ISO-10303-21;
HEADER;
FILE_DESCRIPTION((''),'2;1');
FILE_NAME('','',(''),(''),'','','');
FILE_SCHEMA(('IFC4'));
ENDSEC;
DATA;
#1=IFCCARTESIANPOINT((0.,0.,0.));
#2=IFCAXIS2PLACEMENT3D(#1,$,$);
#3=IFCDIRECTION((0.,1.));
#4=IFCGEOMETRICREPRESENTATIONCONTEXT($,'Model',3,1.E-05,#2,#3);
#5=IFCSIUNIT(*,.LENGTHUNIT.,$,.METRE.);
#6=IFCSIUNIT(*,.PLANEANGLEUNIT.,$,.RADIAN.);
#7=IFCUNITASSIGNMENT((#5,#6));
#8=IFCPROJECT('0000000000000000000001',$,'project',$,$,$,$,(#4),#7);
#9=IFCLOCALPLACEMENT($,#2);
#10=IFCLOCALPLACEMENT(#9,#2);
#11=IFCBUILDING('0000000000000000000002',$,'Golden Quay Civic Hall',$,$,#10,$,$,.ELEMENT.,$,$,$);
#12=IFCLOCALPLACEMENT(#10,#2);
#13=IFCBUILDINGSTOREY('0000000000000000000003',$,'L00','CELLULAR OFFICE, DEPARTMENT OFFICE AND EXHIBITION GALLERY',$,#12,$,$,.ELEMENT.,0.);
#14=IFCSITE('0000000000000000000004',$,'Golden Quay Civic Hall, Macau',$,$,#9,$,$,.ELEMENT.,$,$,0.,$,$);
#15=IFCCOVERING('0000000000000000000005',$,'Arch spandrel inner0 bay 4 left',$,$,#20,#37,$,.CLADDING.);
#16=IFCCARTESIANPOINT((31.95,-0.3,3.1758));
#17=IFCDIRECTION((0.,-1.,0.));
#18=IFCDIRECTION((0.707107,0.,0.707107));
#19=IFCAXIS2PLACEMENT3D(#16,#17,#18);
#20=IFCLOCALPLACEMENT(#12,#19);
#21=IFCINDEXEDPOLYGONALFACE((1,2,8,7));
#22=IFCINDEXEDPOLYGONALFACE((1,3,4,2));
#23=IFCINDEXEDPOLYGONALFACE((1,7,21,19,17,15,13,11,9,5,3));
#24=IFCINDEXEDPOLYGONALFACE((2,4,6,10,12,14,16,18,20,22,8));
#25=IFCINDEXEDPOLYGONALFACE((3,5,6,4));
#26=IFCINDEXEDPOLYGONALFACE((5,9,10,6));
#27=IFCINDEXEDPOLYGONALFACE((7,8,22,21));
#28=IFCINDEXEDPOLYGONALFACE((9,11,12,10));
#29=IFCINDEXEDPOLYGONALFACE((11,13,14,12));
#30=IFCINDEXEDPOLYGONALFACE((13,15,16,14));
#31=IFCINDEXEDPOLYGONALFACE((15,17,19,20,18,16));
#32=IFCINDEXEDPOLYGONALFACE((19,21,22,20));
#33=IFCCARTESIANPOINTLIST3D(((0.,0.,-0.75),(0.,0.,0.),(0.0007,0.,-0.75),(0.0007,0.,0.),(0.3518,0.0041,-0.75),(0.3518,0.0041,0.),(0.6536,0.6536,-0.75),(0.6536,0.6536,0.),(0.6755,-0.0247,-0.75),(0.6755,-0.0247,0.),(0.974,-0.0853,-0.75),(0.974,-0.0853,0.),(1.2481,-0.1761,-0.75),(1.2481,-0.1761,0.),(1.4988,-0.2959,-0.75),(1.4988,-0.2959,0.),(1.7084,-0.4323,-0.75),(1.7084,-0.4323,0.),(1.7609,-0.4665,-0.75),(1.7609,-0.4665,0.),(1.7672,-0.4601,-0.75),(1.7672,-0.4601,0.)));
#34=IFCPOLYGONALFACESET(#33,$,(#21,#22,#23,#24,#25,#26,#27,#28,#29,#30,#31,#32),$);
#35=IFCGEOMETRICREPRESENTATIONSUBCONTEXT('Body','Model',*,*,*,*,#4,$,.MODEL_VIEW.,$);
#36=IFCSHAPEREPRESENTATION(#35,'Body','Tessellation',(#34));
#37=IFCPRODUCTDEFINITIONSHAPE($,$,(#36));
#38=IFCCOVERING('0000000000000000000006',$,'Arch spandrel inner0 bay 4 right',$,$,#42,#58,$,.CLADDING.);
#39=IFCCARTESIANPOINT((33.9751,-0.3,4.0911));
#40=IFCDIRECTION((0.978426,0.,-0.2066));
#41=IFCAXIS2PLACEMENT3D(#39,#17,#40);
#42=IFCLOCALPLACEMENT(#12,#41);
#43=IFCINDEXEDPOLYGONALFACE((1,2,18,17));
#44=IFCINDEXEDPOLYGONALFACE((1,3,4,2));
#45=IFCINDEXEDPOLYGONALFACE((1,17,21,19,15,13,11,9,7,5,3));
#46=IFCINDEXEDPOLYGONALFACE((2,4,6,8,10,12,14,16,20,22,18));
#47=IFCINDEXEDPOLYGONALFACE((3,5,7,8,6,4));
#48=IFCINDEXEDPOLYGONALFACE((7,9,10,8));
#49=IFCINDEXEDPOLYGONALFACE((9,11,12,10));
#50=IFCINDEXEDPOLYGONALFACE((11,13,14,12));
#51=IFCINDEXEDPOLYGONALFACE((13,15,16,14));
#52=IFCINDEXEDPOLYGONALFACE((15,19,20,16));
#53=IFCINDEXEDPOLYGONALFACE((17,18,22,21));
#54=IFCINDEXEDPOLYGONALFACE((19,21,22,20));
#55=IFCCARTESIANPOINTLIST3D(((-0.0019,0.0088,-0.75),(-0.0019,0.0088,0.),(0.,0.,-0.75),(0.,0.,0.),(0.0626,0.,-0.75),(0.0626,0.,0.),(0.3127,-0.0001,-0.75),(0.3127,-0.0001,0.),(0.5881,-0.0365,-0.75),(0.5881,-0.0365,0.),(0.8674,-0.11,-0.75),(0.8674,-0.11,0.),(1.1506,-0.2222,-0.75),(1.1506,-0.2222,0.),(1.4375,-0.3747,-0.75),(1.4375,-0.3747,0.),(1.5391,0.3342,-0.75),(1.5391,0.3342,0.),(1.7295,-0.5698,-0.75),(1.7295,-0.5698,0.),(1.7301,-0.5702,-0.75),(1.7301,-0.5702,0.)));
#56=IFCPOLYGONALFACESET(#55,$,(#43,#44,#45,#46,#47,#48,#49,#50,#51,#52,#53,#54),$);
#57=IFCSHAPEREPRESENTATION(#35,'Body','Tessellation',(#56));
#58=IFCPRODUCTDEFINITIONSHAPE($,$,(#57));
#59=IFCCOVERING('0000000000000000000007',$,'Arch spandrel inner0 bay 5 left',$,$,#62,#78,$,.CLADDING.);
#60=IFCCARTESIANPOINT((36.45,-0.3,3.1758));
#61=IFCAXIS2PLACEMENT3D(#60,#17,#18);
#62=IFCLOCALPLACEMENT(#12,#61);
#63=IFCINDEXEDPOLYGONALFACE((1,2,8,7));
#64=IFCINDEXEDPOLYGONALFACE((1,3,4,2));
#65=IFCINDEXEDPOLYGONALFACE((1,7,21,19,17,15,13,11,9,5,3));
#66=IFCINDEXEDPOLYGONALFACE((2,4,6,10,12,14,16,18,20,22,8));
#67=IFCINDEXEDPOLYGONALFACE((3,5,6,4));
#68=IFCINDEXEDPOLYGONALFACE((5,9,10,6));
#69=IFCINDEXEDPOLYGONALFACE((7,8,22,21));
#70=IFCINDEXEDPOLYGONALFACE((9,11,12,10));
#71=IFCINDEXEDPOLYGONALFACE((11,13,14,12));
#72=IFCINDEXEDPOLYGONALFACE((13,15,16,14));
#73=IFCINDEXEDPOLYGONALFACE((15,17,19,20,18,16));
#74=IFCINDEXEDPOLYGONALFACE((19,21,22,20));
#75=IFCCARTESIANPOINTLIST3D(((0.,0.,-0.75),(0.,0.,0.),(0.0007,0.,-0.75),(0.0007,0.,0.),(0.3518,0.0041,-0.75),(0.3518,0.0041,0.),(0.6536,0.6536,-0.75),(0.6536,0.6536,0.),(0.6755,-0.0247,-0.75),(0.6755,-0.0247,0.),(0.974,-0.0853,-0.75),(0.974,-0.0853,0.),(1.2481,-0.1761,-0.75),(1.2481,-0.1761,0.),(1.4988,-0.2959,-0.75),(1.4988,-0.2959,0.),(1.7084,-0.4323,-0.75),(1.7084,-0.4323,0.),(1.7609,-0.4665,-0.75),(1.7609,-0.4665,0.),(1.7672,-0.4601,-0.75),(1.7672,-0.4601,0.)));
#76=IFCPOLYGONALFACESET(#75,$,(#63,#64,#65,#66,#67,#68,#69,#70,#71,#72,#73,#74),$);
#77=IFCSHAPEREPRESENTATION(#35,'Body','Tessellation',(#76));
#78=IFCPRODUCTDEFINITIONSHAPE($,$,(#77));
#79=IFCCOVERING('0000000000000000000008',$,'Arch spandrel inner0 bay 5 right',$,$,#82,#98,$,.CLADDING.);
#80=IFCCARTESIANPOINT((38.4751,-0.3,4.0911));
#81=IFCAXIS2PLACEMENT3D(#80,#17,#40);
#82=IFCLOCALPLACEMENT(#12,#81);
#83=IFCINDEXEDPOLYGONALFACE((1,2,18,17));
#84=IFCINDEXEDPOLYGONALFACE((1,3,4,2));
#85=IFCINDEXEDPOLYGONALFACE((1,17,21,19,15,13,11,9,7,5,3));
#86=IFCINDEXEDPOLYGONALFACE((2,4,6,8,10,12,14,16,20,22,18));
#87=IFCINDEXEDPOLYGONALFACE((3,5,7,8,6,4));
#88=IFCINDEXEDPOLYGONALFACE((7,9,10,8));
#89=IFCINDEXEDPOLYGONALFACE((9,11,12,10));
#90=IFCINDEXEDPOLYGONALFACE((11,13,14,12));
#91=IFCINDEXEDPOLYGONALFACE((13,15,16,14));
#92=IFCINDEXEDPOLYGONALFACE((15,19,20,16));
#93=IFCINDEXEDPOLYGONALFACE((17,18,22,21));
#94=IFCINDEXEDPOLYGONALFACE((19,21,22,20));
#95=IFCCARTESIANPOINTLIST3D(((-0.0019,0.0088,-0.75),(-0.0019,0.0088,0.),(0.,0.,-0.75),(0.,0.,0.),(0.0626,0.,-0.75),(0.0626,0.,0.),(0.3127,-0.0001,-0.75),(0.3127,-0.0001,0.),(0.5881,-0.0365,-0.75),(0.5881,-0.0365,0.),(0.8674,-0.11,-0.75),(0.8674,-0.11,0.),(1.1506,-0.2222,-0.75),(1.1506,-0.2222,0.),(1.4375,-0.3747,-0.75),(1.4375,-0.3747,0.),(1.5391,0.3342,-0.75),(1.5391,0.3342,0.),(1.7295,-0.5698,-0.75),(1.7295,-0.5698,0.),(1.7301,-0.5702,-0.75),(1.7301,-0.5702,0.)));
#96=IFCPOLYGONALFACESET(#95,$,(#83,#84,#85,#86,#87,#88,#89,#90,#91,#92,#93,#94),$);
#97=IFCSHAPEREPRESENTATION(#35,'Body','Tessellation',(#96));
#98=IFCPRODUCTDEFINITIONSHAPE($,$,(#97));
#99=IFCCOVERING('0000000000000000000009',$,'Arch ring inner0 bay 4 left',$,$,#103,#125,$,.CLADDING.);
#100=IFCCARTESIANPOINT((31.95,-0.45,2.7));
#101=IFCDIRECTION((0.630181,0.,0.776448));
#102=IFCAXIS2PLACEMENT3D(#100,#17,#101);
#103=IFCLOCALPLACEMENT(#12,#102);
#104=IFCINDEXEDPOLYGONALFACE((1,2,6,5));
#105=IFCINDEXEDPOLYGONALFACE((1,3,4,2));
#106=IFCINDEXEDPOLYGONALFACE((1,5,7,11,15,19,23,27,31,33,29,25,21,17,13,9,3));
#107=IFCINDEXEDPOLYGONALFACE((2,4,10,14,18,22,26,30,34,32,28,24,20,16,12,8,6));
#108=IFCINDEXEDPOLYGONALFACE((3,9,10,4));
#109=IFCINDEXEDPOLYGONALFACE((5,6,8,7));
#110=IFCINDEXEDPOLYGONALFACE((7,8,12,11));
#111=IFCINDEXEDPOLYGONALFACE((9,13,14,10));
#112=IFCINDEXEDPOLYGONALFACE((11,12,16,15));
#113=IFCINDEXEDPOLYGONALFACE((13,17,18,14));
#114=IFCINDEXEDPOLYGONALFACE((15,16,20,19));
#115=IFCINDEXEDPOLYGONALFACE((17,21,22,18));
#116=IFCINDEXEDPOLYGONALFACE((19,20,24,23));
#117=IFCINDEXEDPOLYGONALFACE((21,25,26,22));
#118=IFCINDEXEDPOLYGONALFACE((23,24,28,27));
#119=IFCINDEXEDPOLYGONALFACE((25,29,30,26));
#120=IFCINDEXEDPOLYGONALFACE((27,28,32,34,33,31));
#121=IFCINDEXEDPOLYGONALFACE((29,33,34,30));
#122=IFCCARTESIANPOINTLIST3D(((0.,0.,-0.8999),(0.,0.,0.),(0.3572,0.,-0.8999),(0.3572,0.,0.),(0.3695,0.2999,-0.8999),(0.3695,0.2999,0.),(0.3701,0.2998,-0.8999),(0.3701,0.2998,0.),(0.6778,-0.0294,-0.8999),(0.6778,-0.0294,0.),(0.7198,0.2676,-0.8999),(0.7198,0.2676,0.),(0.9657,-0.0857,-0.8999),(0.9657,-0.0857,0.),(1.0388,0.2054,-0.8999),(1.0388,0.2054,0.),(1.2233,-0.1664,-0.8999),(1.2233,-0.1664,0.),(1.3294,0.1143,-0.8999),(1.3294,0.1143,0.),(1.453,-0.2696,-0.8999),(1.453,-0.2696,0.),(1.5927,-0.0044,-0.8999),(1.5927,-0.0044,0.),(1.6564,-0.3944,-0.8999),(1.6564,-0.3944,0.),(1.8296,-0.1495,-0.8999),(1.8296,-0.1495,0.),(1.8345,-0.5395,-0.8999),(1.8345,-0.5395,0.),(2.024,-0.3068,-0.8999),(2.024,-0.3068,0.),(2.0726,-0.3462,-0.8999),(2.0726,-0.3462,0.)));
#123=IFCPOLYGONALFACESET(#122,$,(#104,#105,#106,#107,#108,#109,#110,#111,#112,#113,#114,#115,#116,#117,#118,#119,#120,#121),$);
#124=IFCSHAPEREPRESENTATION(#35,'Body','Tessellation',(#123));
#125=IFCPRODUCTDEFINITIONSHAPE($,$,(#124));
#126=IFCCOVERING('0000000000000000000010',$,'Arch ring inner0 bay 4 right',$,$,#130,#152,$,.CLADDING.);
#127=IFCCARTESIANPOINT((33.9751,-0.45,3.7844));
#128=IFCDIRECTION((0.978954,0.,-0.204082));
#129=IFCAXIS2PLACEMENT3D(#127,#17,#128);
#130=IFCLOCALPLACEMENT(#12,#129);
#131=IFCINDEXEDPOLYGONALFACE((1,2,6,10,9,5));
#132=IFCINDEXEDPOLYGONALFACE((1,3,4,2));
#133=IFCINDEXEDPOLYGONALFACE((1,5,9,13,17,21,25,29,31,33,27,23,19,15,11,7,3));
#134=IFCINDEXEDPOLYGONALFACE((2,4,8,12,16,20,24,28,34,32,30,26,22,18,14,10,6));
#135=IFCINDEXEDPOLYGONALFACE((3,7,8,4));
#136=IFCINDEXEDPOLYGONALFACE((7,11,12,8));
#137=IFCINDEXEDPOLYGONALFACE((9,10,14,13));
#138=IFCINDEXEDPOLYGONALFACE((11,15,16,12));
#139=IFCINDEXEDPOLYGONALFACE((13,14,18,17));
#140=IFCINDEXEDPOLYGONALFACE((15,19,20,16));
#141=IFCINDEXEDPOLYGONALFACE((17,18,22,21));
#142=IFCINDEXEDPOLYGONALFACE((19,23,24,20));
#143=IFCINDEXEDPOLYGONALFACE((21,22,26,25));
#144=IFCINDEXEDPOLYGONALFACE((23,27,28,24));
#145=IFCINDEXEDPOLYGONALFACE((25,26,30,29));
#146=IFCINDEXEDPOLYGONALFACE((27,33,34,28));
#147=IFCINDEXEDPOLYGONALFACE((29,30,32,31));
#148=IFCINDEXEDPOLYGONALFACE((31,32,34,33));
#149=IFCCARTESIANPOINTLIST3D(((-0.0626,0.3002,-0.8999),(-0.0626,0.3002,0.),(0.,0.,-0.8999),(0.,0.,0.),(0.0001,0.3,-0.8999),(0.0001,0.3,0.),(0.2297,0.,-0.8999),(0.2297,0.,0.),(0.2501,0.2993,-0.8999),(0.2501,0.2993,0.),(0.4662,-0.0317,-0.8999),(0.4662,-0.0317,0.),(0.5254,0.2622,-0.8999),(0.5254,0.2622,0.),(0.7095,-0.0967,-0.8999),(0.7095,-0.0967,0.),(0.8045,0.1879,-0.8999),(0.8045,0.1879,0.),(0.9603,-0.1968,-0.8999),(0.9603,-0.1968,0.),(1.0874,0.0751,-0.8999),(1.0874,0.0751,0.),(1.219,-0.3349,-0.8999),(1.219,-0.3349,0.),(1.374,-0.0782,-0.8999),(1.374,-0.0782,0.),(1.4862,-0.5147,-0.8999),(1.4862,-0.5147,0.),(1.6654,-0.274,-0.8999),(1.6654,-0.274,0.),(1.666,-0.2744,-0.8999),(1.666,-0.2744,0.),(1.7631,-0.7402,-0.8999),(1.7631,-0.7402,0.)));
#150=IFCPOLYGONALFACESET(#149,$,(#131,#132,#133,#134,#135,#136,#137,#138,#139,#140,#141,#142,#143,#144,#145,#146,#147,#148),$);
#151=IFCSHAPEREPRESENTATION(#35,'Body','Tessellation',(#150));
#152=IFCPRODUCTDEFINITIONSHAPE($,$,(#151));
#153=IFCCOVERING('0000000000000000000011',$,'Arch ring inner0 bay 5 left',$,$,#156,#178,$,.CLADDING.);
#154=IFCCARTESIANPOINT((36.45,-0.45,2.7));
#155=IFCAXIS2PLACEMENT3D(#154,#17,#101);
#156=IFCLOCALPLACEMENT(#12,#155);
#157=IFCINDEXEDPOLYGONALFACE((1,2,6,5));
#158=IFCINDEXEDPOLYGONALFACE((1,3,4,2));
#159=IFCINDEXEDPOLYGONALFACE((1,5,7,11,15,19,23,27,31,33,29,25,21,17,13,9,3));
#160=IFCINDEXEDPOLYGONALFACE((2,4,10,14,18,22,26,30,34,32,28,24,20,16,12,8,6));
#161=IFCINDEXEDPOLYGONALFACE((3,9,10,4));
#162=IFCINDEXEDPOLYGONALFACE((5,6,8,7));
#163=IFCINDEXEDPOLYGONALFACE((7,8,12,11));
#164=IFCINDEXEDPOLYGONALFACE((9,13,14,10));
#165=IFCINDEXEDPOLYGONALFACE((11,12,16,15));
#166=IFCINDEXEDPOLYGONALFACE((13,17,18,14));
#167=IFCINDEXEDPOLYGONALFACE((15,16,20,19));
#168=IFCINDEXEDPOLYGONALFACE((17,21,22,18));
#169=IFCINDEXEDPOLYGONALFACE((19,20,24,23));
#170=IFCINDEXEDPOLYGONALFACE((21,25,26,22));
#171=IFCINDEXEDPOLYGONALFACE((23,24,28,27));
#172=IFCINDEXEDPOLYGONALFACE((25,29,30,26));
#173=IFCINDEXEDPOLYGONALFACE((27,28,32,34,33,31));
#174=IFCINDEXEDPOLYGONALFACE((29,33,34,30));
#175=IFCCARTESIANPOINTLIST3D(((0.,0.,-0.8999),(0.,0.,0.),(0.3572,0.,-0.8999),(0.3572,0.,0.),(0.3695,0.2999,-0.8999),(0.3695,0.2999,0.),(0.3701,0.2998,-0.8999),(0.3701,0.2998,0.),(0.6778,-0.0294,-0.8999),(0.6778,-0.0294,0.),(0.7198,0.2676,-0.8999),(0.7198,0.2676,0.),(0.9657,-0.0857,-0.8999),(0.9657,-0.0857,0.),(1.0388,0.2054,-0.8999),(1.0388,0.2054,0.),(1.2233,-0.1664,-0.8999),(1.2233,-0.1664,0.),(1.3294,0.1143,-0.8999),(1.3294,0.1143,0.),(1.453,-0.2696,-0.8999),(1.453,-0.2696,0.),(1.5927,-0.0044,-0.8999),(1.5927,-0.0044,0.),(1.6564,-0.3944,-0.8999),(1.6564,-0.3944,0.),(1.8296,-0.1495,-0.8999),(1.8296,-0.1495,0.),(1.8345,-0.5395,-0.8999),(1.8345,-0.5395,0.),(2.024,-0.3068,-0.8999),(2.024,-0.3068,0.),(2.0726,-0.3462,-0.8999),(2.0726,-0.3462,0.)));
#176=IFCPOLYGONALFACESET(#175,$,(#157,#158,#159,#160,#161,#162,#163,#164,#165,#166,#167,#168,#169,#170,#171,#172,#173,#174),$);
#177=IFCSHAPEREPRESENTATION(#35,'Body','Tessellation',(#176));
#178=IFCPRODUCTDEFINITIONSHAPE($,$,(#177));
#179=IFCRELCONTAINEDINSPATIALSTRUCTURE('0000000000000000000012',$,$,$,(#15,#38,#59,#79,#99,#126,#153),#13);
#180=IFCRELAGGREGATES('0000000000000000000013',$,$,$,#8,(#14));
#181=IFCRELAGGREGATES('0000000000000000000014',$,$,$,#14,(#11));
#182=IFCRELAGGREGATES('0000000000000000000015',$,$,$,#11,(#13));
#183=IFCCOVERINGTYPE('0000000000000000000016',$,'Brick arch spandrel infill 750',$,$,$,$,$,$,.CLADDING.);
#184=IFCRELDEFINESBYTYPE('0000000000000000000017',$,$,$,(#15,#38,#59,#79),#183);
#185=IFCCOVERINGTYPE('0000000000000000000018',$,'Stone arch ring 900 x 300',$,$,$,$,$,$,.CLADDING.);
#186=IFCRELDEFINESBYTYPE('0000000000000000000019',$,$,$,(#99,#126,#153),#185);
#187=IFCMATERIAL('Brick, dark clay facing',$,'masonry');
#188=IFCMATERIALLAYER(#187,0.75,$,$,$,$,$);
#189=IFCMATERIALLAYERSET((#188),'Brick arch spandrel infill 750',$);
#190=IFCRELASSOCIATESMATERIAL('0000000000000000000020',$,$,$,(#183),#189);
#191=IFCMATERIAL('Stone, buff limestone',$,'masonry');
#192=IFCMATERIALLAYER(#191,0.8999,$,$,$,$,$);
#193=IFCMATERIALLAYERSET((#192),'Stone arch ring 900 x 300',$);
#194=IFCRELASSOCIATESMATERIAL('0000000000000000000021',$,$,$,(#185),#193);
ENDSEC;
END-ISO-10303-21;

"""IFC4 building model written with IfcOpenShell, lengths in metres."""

from ifc_helpers import new_model, si_unit, direction, frame, origin, place, context, subcontext, project, spatial, polyline, outline, extrude, material, layer, layer_set, type_object, element, save


model = new_model("IFC4")

# Units and contexts
model_context = context("Model", 3, precision=1e-05, world=origin(), true_north=direction((0.0, 1.0)))
body_context = subcontext(model_context, "Body", "Model", "MODEL_VIEW")
ifc_project = project(units=[si_unit("LENGTHUNIT", "METRE"), si_unit("PLANEANGLEUNIT", "RADIAN")], contexts=[model_context])

# Site, building, storey
site_placement = place(None, origin())
site = spatial("IfcSite", under=ifc_project, at=site_placement, Name="Golden Quay Civic Hall, Macau", CompositionType="ELEMENT", RefElevation=0.0)
building_placement = place(site_placement, origin())
building = spatial("IfcBuilding", under=site, at=building_placement, Name="Golden Quay Civic Hall", CompositionType="ELEMENT")
storey_placement = place(building_placement, origin())
storey = spatial("IfcBuildingStorey", under=building, at=storey_placement, Name="L00", Description="CELLULAR OFFICE, DEPARTMENT OFFICE AND EXHIBITION GALLERY", CompositionType="ELEMENT", Elevation=0.0)

# Coverings
ifc_material_1 = material(Name="Brick, dark clay facing", Category="masonry")
ifc_layer_1 = layer(ifc_material_1, 0.75)
ifc_layer_set_1 = layer_set([ifc_layer_1], Name="Brick arch spandrel infill 750")
covering_type_1 = type_object("IfcCoveringType", Name="Brick arch spandrel infill 750", PredefinedType="CLADDING", material=ifc_layer_set_1)
covering_1_placement = place(storey_placement, frame((31.95, -0.3, 3.1758), z_axis=(0.0, -1.0, 0.0), x_axis=(0.707107, 0.0, 0.707107)))
element("IfcCovering", 1, at=covering_1_placement, inside=storey, type_object=covering_type_1, Name="Arch spandrel inner0 bay 4 left", PredefinedType="CLADDING", context=body_context, shape_type="SweptSolid", body=[
    extrude(outline(polyline([(0.0, 0.0), (0.0007, 0.0), (0.3518, 0.0041), (0.6755, -0.0247), (0.974, -0.0853), (1.2481, -0.1761), (1.4988, -0.2959), (1.7084, -0.4323), (1.7609, -0.4665), (1.7672, -0.4601), (0.6536, 0.6536), (0.0, 0.0)])), origin(), (0.0, 0.0, -1.0), 0.75),
])
covering_2_placement = place(storey_placement, frame((33.9751, -0.3, 4.0911), z_axis=(0.0, -1.0, 0.0), x_axis=(0.978426, 0.0, -0.2066)))
element("IfcCovering", 2, at=covering_2_placement, inside=storey, type_object=covering_type_1, Name="Arch spandrel inner0 bay 4 right", PredefinedType="CLADDING", context=body_context, shape_type="SweptSolid", body=[
    extrude(outline(polyline([(0.0, 0.0), (0.0626, 0.0), (0.3127, -0.0001), (0.5881, -0.0365), (0.8674, -0.11), (1.1506, -0.2222), (1.4375, -0.3747), (1.7295, -0.5698), (1.7301, -0.5702), (1.5391, 0.3342), (-0.0019, 0.0088), (0.0, 0.0)])), origin(), (0.0, 0.0, -1.0), 0.75),
])
covering_3_placement = place(storey_placement, frame((36.45, -0.3, 3.1758), z_axis=(0.0, -1.0, 0.0), x_axis=(0.707107, 0.0, 0.707107)))
element("IfcCovering", 3, at=covering_3_placement, inside=storey, type_object=covering_type_1, Name="Arch spandrel inner0 bay 5 left", PredefinedType="CLADDING", context=body_context, shape_type="SweptSolid", body=[
    extrude(outline(polyline([(0.0, 0.0), (0.0007, 0.0), (0.3518, 0.0041), (0.6755, -0.0247), (0.974, -0.0853), (1.2481, -0.1761), (1.4988, -0.2959), (1.7084, -0.4323), (1.7609, -0.4665), (1.7672, -0.4601), (0.6536, 0.6536), (0.0, 0.0)])), origin(), (0.0, 0.0, -1.0), 0.75),
])
covering_4_placement = place(storey_placement, frame((38.4751, -0.3, 4.0911), z_axis=(0.0, -1.0, 0.0), x_axis=(0.978426, 0.0, -0.2066)))
element("IfcCovering", 4, at=covering_4_placement, inside=storey, type_object=covering_type_1, Name="Arch spandrel inner0 bay 5 right", PredefinedType="CLADDING", context=body_context, shape_type="SweptSolid", body=[
    extrude(outline(polyline([(0.0, 0.0), (0.0626, 0.0), (0.3127, -0.0001), (0.5881, -0.0365), (0.8674, -0.11), (1.1506, -0.2222), (1.4375, -0.3747), (1.7295, -0.5698), (1.7301, -0.5702), (1.5391, 0.3342), (-0.0019, 0.0088), (0.0, 0.0)])), origin(), (0.0, 0.0, -1.0), 0.75),
])
ifc_material_2 = material(Name="Stone, buff limestone", Category="masonry")
ifc_layer_2 = layer(ifc_material_2, 0.8999)
ifc_layer_set_2 = layer_set([ifc_layer_2], Name="Stone arch ring 900 x 300")
covering_type_2 = type_object("IfcCoveringType", Name="Stone arch ring 900 x 300", PredefinedType="CLADDING", material=ifc_layer_set_2)
covering_5_placement = place(storey_placement, frame((31.95, -0.45, 2.7), z_axis=(0.0, -1.0, 0.0), x_axis=(0.630181, 0.0, 0.776448)))
element("IfcCovering", 5, at=covering_5_placement, inside=storey, type_object=covering_type_2, Name="Arch ring inner0 bay 4 left", PredefinedType="CLADDING", context=body_context, shape_type="SweptSolid", body=[
    extrude(outline(polyline([(0.0, 0.0), (0.3572, 0.0), (0.6778, -0.0294), (0.9657, -0.0857), (1.2233, -0.1664), (1.453, -0.2696), (1.6564, -0.3944), (1.8345, -0.5395), (2.0726, -0.3462), (2.024, -0.3068), (1.8296, -0.1495), (1.5927, -0.0044), (1.3294, 0.1143), (1.0388, 0.2054), (0.7198, 0.2676), (0.3701, 0.2998), (0.3695, 0.2999), (0.0, 0.0)])), origin(), (0.0, 0.0, -1.0), 0.8999),
])
covering_6_placement = place(storey_placement, frame((33.9751, -0.45, 3.7844), z_axis=(0.0, -1.0, 0.0), x_axis=(0.978954, 0.0, -0.204082)))
element("IfcCovering", 6, at=covering_6_placement, inside=storey, type_object=covering_type_2, Name="Arch ring inner0 bay 4 right", PredefinedType="CLADDING", context=body_context, shape_type="SweptSolid", body=[
    extrude(outline(polyline([(0.0, 0.0), (0.2297, 0.0), (0.4662, -0.0317), (0.7095, -0.0967), (0.9603, -0.1968), (1.219, -0.3349), (1.4862, -0.5147), (1.7631, -0.7402), (1.666, -0.2744), (1.6654, -0.274), (1.374, -0.0782), (1.0874, 0.0751), (0.8045, 0.1879), (0.5254, 0.2622), (0.2501, 0.2993), (0.0001, 0.3), (-0.0626, 0.3002), (0.0, 0.0)])), origin(), (0.0, 0.0, -1.0), 0.8999),
])
covering_7_placement = place(storey_placement, frame((36.45, -0.45, 2.7), z_axis=(0.0, -1.0, 0.0), x_axis=(0.630181, 0.0, 0.776448)))
element("IfcCovering", 7, at=covering_7_placement, inside=storey, type_object=covering_type_2, Name="Arch ring inner0 bay 5 left", PredefinedType="CLADDING", context=body_context, shape_type="SweptSolid", body=[
    extrude(outline(polyline([(0.0, 0.0), (0.3572, 0.0), (0.6778, -0.0294), (0.9657, -0.0857), (1.2233, -0.1664), (1.453, -0.2696), (1.6564, -0.3944), (1.8345, -0.5395), (2.0726, -0.3462), (2.024, -0.3068), (1.8296, -0.1495), (1.5927, -0.0044), (1.3294, 0.1143), (1.0388, 0.2054), (0.7198, 0.2676), (0.3701, 0.2998), (0.3695, 0.2999), (0.0, 0.0)])), origin(), (0.0, 0.0, -1.0), 0.8999),
])

save(model, "model.ifc")
